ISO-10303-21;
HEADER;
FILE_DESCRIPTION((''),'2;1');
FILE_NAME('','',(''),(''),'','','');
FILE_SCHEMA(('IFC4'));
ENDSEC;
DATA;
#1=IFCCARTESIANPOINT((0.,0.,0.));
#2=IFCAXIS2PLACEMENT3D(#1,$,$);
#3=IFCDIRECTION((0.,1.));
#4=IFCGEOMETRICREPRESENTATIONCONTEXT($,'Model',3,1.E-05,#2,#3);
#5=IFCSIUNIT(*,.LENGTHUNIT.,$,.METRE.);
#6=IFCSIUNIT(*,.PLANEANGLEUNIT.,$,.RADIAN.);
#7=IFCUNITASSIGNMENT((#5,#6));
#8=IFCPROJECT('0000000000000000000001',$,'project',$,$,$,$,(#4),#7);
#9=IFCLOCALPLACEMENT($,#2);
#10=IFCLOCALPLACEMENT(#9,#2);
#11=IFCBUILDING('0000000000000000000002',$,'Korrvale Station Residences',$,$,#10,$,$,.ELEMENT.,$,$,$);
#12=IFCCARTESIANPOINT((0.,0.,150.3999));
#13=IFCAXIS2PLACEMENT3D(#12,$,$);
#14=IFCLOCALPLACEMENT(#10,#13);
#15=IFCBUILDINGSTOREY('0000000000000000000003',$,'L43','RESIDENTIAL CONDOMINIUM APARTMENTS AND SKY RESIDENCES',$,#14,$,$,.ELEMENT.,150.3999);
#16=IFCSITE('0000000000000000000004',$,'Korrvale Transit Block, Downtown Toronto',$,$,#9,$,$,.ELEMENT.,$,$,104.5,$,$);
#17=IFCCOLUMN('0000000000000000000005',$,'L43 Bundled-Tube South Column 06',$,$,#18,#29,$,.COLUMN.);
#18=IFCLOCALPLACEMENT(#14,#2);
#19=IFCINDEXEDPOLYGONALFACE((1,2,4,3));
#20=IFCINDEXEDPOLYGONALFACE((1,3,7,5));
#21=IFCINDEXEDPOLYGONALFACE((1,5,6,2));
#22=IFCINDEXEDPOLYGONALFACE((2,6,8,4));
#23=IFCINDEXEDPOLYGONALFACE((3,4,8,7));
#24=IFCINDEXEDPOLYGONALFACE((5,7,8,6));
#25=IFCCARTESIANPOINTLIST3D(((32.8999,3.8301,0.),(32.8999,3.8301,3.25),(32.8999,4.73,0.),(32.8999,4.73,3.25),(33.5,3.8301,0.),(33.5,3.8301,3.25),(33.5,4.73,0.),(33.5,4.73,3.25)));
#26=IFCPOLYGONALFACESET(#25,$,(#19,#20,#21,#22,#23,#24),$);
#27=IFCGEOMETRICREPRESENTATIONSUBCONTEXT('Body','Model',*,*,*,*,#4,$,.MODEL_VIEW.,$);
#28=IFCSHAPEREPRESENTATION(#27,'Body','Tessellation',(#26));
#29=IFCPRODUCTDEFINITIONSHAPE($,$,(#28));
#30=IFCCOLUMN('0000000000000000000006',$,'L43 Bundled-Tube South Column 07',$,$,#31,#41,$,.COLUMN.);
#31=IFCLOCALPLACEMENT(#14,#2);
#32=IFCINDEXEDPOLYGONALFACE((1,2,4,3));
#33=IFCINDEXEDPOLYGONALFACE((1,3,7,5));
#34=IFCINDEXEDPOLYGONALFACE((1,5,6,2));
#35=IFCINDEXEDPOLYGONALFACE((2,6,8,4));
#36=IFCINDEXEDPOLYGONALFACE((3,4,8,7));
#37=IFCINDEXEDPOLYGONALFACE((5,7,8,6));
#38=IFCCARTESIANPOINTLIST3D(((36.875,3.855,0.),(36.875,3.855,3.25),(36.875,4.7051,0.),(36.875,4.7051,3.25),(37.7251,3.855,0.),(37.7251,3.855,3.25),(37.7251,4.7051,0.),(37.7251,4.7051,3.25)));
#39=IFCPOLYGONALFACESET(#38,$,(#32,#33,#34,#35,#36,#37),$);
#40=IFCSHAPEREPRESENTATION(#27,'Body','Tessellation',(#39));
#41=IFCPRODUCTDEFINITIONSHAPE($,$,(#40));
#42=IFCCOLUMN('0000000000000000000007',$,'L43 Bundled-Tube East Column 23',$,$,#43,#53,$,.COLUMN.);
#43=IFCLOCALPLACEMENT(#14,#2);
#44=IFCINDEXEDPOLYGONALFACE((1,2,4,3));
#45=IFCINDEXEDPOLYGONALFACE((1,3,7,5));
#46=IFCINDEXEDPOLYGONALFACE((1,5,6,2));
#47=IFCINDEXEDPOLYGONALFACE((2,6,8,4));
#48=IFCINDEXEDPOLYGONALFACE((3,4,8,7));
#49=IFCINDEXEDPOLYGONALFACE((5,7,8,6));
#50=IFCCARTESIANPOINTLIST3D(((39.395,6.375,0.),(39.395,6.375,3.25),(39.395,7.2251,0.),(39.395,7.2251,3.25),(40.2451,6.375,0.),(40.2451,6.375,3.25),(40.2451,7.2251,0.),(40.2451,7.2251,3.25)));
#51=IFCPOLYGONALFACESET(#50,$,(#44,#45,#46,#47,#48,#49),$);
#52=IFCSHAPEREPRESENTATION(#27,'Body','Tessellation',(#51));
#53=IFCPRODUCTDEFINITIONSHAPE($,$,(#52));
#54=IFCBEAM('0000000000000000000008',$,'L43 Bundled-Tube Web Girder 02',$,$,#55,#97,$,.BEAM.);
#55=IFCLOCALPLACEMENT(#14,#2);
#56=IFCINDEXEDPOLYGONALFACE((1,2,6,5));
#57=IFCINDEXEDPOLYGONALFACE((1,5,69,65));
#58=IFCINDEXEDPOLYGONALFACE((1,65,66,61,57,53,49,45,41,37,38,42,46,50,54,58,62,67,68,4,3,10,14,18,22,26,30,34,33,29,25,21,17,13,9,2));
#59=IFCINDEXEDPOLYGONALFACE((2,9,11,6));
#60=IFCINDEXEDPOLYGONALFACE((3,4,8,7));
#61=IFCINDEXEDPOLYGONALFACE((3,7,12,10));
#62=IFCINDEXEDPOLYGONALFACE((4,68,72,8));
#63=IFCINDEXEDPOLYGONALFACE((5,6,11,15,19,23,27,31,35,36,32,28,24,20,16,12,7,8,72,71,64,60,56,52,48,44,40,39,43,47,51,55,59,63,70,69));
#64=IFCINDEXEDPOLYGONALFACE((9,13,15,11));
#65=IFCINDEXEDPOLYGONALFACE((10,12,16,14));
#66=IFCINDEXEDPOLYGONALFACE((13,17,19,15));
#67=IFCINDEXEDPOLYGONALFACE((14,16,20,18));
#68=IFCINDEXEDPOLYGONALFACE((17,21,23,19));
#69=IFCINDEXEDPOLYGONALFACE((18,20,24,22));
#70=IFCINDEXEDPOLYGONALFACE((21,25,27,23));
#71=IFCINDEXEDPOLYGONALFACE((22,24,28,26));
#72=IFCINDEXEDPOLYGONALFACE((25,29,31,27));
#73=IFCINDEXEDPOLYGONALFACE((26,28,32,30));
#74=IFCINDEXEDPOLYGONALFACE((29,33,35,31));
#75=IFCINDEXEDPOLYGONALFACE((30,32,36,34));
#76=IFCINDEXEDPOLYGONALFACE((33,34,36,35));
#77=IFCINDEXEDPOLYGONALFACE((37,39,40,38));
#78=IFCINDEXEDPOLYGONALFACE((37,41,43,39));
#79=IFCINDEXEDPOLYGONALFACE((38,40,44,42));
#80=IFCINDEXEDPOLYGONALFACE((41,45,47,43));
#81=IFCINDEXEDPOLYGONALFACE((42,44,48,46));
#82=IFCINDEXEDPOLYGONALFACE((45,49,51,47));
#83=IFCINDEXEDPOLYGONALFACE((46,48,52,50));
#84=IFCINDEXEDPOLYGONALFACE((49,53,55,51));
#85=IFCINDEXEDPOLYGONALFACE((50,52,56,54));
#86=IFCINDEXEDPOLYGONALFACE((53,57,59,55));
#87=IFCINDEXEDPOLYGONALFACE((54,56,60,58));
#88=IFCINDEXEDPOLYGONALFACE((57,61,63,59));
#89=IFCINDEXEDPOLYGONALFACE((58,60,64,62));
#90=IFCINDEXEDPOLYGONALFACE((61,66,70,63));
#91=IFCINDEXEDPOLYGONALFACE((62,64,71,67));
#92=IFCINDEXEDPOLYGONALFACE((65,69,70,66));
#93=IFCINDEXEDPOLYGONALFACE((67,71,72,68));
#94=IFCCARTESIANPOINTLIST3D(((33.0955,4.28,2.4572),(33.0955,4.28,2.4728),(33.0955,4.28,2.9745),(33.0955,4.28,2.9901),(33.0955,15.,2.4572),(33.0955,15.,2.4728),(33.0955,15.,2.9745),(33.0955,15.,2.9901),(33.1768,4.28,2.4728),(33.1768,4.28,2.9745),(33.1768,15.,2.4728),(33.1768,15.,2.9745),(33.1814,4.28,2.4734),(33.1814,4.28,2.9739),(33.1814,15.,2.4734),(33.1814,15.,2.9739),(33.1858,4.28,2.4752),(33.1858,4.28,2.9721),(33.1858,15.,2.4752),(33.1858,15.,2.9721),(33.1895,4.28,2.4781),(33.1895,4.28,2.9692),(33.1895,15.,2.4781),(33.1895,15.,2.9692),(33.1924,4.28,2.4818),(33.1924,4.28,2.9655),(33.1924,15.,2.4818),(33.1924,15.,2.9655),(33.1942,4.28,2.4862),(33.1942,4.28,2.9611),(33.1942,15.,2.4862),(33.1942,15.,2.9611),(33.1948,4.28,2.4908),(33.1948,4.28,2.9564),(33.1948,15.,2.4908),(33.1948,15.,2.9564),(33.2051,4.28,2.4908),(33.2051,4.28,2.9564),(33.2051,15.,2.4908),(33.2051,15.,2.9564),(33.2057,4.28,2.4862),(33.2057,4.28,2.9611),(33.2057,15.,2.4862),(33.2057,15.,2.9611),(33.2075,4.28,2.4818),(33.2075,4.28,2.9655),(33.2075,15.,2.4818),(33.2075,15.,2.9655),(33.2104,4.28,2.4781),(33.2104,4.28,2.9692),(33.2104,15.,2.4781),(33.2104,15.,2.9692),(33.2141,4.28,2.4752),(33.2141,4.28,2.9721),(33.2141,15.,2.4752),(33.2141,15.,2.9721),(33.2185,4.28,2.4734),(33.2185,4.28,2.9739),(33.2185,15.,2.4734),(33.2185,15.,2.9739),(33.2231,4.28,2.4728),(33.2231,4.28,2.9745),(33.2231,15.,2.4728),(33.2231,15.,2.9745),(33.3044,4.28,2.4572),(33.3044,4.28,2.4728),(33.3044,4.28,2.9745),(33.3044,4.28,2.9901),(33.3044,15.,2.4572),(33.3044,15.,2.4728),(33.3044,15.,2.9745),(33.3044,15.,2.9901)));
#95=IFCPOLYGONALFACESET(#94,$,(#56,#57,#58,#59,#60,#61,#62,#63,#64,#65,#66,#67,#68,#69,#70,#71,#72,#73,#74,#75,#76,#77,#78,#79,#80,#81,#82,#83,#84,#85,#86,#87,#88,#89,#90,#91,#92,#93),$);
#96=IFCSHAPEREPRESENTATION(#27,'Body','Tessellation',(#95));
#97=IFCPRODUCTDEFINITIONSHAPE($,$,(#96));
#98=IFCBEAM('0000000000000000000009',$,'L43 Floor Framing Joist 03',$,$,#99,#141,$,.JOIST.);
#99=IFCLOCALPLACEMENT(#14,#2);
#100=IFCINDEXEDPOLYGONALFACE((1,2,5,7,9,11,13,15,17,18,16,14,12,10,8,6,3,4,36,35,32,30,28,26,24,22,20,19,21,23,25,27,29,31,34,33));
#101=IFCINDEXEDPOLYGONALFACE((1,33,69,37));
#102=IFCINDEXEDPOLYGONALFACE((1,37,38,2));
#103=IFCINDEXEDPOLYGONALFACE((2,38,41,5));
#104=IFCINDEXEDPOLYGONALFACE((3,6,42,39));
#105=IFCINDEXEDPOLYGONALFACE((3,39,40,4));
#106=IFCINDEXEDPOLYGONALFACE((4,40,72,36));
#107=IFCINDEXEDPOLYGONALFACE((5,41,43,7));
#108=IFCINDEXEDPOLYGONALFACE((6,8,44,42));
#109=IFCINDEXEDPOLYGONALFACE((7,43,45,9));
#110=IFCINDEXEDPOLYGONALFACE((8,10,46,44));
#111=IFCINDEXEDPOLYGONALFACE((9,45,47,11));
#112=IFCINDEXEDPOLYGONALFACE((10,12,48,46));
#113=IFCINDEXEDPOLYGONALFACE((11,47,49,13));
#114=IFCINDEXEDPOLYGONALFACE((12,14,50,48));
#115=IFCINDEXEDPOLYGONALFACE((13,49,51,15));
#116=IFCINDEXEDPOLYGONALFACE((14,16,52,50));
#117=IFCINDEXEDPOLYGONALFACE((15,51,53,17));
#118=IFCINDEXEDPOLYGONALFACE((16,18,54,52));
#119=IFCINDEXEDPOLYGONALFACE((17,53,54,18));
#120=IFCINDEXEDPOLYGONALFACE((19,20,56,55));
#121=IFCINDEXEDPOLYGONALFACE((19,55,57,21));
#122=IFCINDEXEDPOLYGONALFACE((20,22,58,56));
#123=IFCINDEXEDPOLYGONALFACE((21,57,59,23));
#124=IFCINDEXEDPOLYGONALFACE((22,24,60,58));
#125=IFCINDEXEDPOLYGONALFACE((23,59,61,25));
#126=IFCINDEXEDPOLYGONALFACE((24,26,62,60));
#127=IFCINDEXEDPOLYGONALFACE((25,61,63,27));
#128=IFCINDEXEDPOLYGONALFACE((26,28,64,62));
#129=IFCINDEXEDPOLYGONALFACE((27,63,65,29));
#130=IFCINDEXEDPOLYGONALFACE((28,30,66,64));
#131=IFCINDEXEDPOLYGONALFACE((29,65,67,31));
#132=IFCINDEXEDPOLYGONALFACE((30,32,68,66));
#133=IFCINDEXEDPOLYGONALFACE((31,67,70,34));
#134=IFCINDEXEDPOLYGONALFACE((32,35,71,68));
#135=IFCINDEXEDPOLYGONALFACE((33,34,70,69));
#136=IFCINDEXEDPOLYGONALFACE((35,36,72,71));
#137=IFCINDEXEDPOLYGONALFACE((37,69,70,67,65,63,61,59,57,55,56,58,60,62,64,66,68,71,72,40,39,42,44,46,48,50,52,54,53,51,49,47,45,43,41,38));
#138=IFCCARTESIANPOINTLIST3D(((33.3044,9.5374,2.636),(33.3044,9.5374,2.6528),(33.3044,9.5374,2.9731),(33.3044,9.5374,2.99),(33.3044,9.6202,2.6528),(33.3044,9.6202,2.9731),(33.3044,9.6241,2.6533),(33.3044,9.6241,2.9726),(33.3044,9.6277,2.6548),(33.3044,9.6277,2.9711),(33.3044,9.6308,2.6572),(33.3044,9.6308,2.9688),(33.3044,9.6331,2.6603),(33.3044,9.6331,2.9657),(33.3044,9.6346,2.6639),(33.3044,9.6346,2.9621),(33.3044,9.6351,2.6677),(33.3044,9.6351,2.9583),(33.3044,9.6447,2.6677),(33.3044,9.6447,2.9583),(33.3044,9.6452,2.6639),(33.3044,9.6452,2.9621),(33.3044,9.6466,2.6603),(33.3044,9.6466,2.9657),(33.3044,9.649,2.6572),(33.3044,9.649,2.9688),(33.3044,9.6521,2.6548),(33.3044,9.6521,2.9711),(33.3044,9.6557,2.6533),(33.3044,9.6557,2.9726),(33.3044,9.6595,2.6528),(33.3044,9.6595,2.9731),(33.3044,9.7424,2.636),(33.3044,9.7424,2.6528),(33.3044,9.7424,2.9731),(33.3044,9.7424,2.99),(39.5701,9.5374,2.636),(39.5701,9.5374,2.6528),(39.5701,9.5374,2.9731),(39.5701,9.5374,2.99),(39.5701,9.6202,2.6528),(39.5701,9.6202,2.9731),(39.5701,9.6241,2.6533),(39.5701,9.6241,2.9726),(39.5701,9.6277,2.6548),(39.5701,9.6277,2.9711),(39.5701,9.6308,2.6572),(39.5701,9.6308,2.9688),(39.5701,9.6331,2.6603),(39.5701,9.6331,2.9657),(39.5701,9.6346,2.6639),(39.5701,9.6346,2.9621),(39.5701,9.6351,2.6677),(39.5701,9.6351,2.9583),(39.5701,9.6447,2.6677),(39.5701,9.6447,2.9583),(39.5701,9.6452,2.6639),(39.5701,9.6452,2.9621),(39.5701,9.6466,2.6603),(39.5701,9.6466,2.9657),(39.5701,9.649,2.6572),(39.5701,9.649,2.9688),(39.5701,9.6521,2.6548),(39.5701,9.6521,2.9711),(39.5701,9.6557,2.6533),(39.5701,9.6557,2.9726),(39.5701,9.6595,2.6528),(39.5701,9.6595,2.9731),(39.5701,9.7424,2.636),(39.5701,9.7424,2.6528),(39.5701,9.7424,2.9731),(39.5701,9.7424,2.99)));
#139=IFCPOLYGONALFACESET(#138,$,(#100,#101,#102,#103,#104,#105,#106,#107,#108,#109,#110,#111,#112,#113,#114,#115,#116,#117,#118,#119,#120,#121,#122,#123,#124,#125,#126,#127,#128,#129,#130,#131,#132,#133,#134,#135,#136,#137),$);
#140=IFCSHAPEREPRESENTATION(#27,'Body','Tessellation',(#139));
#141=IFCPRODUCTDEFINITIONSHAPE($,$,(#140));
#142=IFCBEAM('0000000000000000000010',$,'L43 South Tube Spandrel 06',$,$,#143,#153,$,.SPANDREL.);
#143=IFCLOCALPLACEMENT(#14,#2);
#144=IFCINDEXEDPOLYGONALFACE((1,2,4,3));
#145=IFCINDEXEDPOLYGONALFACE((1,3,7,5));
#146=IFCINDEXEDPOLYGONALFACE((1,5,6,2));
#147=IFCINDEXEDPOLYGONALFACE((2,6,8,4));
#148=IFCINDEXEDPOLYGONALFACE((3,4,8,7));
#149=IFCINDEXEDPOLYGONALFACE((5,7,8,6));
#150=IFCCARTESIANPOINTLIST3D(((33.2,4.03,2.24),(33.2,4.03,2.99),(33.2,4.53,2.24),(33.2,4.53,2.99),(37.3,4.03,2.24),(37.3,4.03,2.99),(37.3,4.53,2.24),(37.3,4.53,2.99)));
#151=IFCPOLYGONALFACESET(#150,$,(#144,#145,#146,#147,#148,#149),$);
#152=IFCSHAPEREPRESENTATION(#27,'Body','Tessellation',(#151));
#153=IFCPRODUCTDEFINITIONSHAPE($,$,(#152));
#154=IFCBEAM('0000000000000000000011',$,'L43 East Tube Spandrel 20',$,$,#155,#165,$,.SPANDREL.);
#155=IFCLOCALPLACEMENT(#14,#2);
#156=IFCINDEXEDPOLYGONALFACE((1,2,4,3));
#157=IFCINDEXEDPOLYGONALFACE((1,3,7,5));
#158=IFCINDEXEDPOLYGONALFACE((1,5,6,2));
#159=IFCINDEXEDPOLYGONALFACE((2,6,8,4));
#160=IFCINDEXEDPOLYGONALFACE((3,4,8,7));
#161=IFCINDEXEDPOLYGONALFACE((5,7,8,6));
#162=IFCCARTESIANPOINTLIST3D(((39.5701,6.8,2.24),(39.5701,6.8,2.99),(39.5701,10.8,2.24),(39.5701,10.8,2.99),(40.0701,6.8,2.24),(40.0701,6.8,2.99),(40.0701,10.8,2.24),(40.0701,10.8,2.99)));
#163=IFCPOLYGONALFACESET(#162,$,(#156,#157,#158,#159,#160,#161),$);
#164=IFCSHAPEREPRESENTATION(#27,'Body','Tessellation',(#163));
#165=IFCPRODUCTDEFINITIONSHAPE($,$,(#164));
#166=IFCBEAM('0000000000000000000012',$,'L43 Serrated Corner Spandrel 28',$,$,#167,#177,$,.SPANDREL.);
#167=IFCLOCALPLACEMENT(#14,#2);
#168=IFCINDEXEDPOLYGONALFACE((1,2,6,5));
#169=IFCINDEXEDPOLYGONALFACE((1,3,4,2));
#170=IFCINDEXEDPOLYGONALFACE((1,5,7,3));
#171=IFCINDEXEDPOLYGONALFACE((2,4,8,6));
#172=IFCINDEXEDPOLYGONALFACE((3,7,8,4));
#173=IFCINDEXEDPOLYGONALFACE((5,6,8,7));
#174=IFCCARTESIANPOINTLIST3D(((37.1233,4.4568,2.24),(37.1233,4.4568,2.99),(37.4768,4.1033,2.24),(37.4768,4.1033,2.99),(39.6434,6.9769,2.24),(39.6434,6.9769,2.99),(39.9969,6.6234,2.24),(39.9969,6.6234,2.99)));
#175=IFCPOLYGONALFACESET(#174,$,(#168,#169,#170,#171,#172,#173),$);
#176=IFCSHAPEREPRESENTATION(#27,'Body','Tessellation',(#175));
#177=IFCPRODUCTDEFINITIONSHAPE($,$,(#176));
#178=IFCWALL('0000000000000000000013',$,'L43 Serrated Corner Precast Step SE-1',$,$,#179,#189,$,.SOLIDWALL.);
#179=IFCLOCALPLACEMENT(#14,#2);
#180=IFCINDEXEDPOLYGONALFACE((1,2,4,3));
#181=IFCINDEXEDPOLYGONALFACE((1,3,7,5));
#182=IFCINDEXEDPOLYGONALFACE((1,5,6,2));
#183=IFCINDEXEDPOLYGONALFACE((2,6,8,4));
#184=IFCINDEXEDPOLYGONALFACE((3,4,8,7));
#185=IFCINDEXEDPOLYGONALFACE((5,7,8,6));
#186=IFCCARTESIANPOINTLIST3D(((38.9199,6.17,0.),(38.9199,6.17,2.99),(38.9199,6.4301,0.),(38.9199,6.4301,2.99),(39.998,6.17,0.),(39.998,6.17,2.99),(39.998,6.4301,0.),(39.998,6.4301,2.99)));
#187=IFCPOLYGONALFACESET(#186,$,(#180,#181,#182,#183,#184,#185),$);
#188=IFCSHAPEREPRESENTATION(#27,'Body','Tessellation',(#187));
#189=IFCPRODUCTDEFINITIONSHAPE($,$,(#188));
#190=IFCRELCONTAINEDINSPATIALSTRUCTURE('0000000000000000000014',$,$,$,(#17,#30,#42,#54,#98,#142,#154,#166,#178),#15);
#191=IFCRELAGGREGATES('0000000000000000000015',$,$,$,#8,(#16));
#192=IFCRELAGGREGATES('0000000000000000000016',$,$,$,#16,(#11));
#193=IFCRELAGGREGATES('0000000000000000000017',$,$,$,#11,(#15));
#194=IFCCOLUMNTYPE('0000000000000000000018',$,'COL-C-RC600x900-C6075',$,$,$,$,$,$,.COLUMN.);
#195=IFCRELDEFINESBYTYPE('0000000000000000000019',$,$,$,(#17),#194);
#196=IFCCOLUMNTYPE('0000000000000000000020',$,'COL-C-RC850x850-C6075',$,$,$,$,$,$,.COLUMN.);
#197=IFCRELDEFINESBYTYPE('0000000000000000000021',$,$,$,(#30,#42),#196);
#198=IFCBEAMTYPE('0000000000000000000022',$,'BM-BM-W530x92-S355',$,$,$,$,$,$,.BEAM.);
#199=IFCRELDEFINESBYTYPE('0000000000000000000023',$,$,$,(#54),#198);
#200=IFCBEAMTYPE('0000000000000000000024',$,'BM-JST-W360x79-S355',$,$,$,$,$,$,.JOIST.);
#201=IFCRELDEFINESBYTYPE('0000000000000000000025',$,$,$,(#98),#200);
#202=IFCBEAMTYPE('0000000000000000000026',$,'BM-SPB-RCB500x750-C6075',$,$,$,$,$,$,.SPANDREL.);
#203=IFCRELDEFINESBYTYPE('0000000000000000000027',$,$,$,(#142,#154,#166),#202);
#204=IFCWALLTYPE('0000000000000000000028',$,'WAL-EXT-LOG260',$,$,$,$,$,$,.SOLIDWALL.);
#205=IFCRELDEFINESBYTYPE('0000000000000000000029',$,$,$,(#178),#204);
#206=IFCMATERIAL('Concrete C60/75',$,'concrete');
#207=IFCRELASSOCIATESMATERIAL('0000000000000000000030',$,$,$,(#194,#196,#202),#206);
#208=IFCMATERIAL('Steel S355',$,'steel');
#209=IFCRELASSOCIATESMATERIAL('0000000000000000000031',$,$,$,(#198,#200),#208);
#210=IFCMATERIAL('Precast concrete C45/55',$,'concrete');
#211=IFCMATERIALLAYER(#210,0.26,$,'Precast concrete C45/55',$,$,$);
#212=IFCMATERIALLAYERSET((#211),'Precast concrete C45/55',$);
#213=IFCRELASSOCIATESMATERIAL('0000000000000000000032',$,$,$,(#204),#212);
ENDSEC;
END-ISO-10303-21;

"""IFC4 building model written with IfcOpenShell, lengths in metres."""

from ifc_helpers import new_model, si_unit, direction, frame, frame_2d, origin, origin_2d, place, context, subcontext, project, spatial, rectangle, i_section, extrude, material, layer, layer_set, material_profile, profile_set, type_object, element, save


model = new_model("IFC4")

# Units and contexts
model_context = context("Model", 3, precision=1e-05, world=origin(), true_north=direction((0.0, 1.0)))
body_context = subcontext(model_context, "Body", "Model", "MODEL_VIEW")
ifc_project = project(units=[si_unit("LENGTHUNIT", "METRE"), si_unit("PLANEANGLEUNIT", "RADIAN")], contexts=[model_context])

# Site, building, storey
site_placement = place(None, origin())
site = spatial("IfcSite", under=ifc_project, at=site_placement, Name="Korrvale Transit Block, Downtown Toronto", CompositionType="ELEMENT", RefElevation=104.5)
building_placement = place(site_placement, origin())
building = spatial("IfcBuilding", under=site, at=building_placement, Name="Korrvale Station Residences", CompositionType="ELEMENT")
storey_placement = place(building_placement, frame((0.0, 0.0, 150.3999)))
storey = spatial("IfcBuildingStorey", under=building, at=storey_placement, Name="L43", Description="RESIDENTIAL CONDOMINIUM APARTMENTS AND SKY RESIDENCES", CompositionType="ELEMENT", Elevation=150.3999)

# Columns
ifc_material_1 = material(Name="Concrete C60/75", Category="concrete")
ifc_material_profile_1 = material_profile(ifc_material_1, rectangle(XDim=0.6001, YDim=0.8999, at=origin_2d()), Name="RC600x900")
ifc_profile_set_1 = profile_set([ifc_material_profile_1], Name="Concrete C60/75")
column_type_1 = type_object("IfcColumnType", Name="COL-C-RC600x900-C6075", PredefinedType="COLUMN", material=ifc_profile_set_1)
column_placement = place(storey_placement, frame((33.2, 4.28, 0.0), z_axis=(0.0, 0.0, 1.0), x_axis=(1.0, 0.0, 0.0)))
element("IfcColumn", 1, at=column_placement, inside=storey, type_object=column_type_1, Name="L43 Bundled-Tube South Column 06", PredefinedType="COLUMN", context=body_context, shape_type="SweptSolid", body=[
    extrude(rectangle(XDim=0.6001, YDim=0.8999, at=origin_2d()), origin(), (0.0, 0.0, 1.0), 3.25),
])
ifc_material_profile_2 = material_profile(ifc_material_1, rectangle(XDim=0.8501, YDim=0.8501, at=origin_2d()), Name="RC850x850")
ifc_profile_set_2 = profile_set([ifc_material_profile_2], Name="Concrete C60/75")
column_type_2 = type_object("IfcColumnType", Name="COL-C-RC850x850-C6075", PredefinedType="COLUMN", material=ifc_profile_set_2)
for number, where, z_axis, x_axis, name in (
    (2, (37.3, 4.28, 0.0), (0.0, 0.0, 1.0), (1.0, 0.0, 0.0), "L43 Bundled-Tube South Column 07"),
    (3, (39.8201, 6.8, 0.0), (0.0, 0.0, 1.0), (1.0, 0.0, 0.0), "L43 Bundled-Tube East Column 23"),
):
    element("IfcColumn", number, at=place(storey_placement, frame(where, z_axis=z_axis, x_axis=x_axis)), inside=storey, type_object=column_type_2, Name=name, PredefinedType="COLUMN", context=body_context, shape_type="SweptSolid", body=[
        extrude(rectangle(XDim=0.8501, YDim=0.8501, at=origin_2d()), origin(), (0.0, 0.0, 1.0), 3.25),
    ])

# Beams
ifc_material_2 = material(Name="Steel S355", Category="steel")
ifc_material_profile_3 = material_profile(ifc_material_2, i_section(OverallWidth=0.209, OverallDepth=0.533, WebThickness=0.0103, FlangeThickness=0.0156, FilletRadius=0.0181, at=origin_2d()), Name="W530x92")
ifc_profile_set_3 = profile_set([ifc_material_profile_3], Name="Steel S355")
beam_type_1 = type_object("IfcBeamType", Name="BM-BM-W530x92-S355", PredefinedType="BEAM", material=ifc_profile_set_3)
beam_1_placement = place(storey_placement, frame((33.2, 4.28, 2.7236), z_axis=(0.0, 1.0, 0.0), x_axis=(-1.0, 0.0, 0.0)))
element("IfcBeam", 4, at=beam_1_placement, inside=storey, type_object=beam_type_1, Name="L43 Bundled-Tube Web Girder 02", PredefinedType="BEAM", context=body_context, shape_type="SweptSolid", body=[
    extrude(i_section(OverallWidth=0.209, OverallDepth=0.533, WebThickness=0.0103, FlangeThickness=0.0156, FilletRadius=0.0181, at=origin_2d()), origin(), (0.0, 0.0, 1.0), 10.72),
])
ifc_material_profile_4 = material_profile(ifc_material_2, i_section(OverallWidth=0.2051, OverallDepth=0.354, WebThickness=0.0095, FlangeThickness=0.0168, FilletRadius=0.0149, at=origin_2d()), Name="W360x79")
ifc_profile_set_4 = profile_set([ifc_material_profile_4], Name="Steel S355")
beam_type_2 = type_object("IfcBeamType", Name="BM-JST-W360x79-S355", PredefinedType="JOIST", material=ifc_profile_set_4)
beam_2_placement = place(storey_placement, frame((33.3044, 9.6399, 2.813), z_axis=(1.0, 0.0, 0.0), x_axis=(0.0, 1.0, 0.0)))
element("IfcBeam", 5, at=beam_2_placement, inside=storey, type_object=beam_type_2, Name="L43 Floor Framing Joist 03", PredefinedType="JOIST", context=body_context, shape_type="SweptSolid", body=[
    extrude(i_section(OverallWidth=0.2051, OverallDepth=0.354, WebThickness=0.0095, FlangeThickness=0.0168, FilletRadius=0.0149, at=origin_2d()), origin(), (0.0, 0.0, 1.0), 6.2656),
])
ifc_material_profile_5 = material_profile(ifc_material_1, rectangle(XDim=0.5, YDim=0.75, at=origin_2d()), Name="RCB500x750")
ifc_profile_set_5 = profile_set([ifc_material_profile_5], Name="Concrete C60/75")
beam_type_3 = type_object("IfcBeamType", Name="BM-SPB-RCB500x750-C6075", PredefinedType="SPANDREL", material=ifc_profile_set_5)
beam_3_placement = place(storey_placement, frame((33.2, 4.28, 2.615), z_axis=(1.0, 0.0, 0.0), x_axis=(0.0, 1.0, 0.0)))
element("IfcBeam", 6, at=beam_3_placement, inside=storey, type_object=beam_type_3, Name="L43 South Tube Spandrel 06", PredefinedType="SPANDREL", context=body_context, shape_type="SweptSolid", body=[
    extrude(rectangle(XDim=0.5, YDim=0.75, at=origin_2d()), origin(), (0.0, 0.0, 1.0), 4.1001),
])
beam_4_placement = place(storey_placement, frame((39.8201, 6.8, 2.615), z_axis=(0.0, 1.0, 0.0), x_axis=(-1.0, 0.0, 0.0)))
element("IfcBeam", 7, at=beam_4_placement, inside=storey, type_object=beam_type_3, Name="L43 East Tube Spandrel 20", PredefinedType="SPANDREL", context=body_context, shape_type="SweptSolid", body=[
    extrude(rectangle(XDim=0.5, YDim=0.75, at=origin_2d()), origin(), (0.0, 0.0, 1.0), 4.0),
])
beam_5_placement = place(storey_placement, frame((37.3, 4.28, 2.615), z_axis=(0.707107, 0.707107, 0.0), x_axis=(-0.707107, 0.707107, 0.0)))
element("IfcBeam", 8, at=beam_5_placement, inside=storey, type_object=beam_type_3, Name="L43 Serrated Corner Spandrel 28", PredefinedType="SPANDREL", context=body_context, shape_type="SweptSolid", body=[
    extrude(rectangle(XDim=0.5, YDim=0.75, at=origin_2d()), origin(), (0.0, 0.0, 1.0), 3.564),
])

# Wall
ifc_material_3 = material(Name="Precast concrete C45/55", Category="concrete")
ifc_layer_1 = layer(ifc_material_3, 0.26, Name="Precast concrete C45/55")
ifc_layer_set_1 = layer_set([ifc_layer_1], Name="Precast concrete C45/55")
wall_type_1 = type_object("IfcWallType", Name="WAL-EXT-LOG260", PredefinedType="SOLIDWALL", material=ifc_layer_set_1)
wall_1_placement = place(storey_placement, frame((39.998, 6.3, 0.0), z_axis=(0.0, 0.0, 1.0), x_axis=(-1.0, 0.0, 0.0)))
element("IfcWall", 9, at=wall_1_placement, inside=storey, type_object=wall_type_1, Name="L43 Serrated Corner Precast Step SE-1", PredefinedType="SOLIDWALL", context=body_context, shape_type="SweptSolid", body=[
    extrude(rectangle(XDim=1.0781, YDim=0.26, at=frame_2d((0.5391, 0.0))), origin(), (0.0, 0.0, 1.0), 2.99),
])

save(model, "model.ifc")
